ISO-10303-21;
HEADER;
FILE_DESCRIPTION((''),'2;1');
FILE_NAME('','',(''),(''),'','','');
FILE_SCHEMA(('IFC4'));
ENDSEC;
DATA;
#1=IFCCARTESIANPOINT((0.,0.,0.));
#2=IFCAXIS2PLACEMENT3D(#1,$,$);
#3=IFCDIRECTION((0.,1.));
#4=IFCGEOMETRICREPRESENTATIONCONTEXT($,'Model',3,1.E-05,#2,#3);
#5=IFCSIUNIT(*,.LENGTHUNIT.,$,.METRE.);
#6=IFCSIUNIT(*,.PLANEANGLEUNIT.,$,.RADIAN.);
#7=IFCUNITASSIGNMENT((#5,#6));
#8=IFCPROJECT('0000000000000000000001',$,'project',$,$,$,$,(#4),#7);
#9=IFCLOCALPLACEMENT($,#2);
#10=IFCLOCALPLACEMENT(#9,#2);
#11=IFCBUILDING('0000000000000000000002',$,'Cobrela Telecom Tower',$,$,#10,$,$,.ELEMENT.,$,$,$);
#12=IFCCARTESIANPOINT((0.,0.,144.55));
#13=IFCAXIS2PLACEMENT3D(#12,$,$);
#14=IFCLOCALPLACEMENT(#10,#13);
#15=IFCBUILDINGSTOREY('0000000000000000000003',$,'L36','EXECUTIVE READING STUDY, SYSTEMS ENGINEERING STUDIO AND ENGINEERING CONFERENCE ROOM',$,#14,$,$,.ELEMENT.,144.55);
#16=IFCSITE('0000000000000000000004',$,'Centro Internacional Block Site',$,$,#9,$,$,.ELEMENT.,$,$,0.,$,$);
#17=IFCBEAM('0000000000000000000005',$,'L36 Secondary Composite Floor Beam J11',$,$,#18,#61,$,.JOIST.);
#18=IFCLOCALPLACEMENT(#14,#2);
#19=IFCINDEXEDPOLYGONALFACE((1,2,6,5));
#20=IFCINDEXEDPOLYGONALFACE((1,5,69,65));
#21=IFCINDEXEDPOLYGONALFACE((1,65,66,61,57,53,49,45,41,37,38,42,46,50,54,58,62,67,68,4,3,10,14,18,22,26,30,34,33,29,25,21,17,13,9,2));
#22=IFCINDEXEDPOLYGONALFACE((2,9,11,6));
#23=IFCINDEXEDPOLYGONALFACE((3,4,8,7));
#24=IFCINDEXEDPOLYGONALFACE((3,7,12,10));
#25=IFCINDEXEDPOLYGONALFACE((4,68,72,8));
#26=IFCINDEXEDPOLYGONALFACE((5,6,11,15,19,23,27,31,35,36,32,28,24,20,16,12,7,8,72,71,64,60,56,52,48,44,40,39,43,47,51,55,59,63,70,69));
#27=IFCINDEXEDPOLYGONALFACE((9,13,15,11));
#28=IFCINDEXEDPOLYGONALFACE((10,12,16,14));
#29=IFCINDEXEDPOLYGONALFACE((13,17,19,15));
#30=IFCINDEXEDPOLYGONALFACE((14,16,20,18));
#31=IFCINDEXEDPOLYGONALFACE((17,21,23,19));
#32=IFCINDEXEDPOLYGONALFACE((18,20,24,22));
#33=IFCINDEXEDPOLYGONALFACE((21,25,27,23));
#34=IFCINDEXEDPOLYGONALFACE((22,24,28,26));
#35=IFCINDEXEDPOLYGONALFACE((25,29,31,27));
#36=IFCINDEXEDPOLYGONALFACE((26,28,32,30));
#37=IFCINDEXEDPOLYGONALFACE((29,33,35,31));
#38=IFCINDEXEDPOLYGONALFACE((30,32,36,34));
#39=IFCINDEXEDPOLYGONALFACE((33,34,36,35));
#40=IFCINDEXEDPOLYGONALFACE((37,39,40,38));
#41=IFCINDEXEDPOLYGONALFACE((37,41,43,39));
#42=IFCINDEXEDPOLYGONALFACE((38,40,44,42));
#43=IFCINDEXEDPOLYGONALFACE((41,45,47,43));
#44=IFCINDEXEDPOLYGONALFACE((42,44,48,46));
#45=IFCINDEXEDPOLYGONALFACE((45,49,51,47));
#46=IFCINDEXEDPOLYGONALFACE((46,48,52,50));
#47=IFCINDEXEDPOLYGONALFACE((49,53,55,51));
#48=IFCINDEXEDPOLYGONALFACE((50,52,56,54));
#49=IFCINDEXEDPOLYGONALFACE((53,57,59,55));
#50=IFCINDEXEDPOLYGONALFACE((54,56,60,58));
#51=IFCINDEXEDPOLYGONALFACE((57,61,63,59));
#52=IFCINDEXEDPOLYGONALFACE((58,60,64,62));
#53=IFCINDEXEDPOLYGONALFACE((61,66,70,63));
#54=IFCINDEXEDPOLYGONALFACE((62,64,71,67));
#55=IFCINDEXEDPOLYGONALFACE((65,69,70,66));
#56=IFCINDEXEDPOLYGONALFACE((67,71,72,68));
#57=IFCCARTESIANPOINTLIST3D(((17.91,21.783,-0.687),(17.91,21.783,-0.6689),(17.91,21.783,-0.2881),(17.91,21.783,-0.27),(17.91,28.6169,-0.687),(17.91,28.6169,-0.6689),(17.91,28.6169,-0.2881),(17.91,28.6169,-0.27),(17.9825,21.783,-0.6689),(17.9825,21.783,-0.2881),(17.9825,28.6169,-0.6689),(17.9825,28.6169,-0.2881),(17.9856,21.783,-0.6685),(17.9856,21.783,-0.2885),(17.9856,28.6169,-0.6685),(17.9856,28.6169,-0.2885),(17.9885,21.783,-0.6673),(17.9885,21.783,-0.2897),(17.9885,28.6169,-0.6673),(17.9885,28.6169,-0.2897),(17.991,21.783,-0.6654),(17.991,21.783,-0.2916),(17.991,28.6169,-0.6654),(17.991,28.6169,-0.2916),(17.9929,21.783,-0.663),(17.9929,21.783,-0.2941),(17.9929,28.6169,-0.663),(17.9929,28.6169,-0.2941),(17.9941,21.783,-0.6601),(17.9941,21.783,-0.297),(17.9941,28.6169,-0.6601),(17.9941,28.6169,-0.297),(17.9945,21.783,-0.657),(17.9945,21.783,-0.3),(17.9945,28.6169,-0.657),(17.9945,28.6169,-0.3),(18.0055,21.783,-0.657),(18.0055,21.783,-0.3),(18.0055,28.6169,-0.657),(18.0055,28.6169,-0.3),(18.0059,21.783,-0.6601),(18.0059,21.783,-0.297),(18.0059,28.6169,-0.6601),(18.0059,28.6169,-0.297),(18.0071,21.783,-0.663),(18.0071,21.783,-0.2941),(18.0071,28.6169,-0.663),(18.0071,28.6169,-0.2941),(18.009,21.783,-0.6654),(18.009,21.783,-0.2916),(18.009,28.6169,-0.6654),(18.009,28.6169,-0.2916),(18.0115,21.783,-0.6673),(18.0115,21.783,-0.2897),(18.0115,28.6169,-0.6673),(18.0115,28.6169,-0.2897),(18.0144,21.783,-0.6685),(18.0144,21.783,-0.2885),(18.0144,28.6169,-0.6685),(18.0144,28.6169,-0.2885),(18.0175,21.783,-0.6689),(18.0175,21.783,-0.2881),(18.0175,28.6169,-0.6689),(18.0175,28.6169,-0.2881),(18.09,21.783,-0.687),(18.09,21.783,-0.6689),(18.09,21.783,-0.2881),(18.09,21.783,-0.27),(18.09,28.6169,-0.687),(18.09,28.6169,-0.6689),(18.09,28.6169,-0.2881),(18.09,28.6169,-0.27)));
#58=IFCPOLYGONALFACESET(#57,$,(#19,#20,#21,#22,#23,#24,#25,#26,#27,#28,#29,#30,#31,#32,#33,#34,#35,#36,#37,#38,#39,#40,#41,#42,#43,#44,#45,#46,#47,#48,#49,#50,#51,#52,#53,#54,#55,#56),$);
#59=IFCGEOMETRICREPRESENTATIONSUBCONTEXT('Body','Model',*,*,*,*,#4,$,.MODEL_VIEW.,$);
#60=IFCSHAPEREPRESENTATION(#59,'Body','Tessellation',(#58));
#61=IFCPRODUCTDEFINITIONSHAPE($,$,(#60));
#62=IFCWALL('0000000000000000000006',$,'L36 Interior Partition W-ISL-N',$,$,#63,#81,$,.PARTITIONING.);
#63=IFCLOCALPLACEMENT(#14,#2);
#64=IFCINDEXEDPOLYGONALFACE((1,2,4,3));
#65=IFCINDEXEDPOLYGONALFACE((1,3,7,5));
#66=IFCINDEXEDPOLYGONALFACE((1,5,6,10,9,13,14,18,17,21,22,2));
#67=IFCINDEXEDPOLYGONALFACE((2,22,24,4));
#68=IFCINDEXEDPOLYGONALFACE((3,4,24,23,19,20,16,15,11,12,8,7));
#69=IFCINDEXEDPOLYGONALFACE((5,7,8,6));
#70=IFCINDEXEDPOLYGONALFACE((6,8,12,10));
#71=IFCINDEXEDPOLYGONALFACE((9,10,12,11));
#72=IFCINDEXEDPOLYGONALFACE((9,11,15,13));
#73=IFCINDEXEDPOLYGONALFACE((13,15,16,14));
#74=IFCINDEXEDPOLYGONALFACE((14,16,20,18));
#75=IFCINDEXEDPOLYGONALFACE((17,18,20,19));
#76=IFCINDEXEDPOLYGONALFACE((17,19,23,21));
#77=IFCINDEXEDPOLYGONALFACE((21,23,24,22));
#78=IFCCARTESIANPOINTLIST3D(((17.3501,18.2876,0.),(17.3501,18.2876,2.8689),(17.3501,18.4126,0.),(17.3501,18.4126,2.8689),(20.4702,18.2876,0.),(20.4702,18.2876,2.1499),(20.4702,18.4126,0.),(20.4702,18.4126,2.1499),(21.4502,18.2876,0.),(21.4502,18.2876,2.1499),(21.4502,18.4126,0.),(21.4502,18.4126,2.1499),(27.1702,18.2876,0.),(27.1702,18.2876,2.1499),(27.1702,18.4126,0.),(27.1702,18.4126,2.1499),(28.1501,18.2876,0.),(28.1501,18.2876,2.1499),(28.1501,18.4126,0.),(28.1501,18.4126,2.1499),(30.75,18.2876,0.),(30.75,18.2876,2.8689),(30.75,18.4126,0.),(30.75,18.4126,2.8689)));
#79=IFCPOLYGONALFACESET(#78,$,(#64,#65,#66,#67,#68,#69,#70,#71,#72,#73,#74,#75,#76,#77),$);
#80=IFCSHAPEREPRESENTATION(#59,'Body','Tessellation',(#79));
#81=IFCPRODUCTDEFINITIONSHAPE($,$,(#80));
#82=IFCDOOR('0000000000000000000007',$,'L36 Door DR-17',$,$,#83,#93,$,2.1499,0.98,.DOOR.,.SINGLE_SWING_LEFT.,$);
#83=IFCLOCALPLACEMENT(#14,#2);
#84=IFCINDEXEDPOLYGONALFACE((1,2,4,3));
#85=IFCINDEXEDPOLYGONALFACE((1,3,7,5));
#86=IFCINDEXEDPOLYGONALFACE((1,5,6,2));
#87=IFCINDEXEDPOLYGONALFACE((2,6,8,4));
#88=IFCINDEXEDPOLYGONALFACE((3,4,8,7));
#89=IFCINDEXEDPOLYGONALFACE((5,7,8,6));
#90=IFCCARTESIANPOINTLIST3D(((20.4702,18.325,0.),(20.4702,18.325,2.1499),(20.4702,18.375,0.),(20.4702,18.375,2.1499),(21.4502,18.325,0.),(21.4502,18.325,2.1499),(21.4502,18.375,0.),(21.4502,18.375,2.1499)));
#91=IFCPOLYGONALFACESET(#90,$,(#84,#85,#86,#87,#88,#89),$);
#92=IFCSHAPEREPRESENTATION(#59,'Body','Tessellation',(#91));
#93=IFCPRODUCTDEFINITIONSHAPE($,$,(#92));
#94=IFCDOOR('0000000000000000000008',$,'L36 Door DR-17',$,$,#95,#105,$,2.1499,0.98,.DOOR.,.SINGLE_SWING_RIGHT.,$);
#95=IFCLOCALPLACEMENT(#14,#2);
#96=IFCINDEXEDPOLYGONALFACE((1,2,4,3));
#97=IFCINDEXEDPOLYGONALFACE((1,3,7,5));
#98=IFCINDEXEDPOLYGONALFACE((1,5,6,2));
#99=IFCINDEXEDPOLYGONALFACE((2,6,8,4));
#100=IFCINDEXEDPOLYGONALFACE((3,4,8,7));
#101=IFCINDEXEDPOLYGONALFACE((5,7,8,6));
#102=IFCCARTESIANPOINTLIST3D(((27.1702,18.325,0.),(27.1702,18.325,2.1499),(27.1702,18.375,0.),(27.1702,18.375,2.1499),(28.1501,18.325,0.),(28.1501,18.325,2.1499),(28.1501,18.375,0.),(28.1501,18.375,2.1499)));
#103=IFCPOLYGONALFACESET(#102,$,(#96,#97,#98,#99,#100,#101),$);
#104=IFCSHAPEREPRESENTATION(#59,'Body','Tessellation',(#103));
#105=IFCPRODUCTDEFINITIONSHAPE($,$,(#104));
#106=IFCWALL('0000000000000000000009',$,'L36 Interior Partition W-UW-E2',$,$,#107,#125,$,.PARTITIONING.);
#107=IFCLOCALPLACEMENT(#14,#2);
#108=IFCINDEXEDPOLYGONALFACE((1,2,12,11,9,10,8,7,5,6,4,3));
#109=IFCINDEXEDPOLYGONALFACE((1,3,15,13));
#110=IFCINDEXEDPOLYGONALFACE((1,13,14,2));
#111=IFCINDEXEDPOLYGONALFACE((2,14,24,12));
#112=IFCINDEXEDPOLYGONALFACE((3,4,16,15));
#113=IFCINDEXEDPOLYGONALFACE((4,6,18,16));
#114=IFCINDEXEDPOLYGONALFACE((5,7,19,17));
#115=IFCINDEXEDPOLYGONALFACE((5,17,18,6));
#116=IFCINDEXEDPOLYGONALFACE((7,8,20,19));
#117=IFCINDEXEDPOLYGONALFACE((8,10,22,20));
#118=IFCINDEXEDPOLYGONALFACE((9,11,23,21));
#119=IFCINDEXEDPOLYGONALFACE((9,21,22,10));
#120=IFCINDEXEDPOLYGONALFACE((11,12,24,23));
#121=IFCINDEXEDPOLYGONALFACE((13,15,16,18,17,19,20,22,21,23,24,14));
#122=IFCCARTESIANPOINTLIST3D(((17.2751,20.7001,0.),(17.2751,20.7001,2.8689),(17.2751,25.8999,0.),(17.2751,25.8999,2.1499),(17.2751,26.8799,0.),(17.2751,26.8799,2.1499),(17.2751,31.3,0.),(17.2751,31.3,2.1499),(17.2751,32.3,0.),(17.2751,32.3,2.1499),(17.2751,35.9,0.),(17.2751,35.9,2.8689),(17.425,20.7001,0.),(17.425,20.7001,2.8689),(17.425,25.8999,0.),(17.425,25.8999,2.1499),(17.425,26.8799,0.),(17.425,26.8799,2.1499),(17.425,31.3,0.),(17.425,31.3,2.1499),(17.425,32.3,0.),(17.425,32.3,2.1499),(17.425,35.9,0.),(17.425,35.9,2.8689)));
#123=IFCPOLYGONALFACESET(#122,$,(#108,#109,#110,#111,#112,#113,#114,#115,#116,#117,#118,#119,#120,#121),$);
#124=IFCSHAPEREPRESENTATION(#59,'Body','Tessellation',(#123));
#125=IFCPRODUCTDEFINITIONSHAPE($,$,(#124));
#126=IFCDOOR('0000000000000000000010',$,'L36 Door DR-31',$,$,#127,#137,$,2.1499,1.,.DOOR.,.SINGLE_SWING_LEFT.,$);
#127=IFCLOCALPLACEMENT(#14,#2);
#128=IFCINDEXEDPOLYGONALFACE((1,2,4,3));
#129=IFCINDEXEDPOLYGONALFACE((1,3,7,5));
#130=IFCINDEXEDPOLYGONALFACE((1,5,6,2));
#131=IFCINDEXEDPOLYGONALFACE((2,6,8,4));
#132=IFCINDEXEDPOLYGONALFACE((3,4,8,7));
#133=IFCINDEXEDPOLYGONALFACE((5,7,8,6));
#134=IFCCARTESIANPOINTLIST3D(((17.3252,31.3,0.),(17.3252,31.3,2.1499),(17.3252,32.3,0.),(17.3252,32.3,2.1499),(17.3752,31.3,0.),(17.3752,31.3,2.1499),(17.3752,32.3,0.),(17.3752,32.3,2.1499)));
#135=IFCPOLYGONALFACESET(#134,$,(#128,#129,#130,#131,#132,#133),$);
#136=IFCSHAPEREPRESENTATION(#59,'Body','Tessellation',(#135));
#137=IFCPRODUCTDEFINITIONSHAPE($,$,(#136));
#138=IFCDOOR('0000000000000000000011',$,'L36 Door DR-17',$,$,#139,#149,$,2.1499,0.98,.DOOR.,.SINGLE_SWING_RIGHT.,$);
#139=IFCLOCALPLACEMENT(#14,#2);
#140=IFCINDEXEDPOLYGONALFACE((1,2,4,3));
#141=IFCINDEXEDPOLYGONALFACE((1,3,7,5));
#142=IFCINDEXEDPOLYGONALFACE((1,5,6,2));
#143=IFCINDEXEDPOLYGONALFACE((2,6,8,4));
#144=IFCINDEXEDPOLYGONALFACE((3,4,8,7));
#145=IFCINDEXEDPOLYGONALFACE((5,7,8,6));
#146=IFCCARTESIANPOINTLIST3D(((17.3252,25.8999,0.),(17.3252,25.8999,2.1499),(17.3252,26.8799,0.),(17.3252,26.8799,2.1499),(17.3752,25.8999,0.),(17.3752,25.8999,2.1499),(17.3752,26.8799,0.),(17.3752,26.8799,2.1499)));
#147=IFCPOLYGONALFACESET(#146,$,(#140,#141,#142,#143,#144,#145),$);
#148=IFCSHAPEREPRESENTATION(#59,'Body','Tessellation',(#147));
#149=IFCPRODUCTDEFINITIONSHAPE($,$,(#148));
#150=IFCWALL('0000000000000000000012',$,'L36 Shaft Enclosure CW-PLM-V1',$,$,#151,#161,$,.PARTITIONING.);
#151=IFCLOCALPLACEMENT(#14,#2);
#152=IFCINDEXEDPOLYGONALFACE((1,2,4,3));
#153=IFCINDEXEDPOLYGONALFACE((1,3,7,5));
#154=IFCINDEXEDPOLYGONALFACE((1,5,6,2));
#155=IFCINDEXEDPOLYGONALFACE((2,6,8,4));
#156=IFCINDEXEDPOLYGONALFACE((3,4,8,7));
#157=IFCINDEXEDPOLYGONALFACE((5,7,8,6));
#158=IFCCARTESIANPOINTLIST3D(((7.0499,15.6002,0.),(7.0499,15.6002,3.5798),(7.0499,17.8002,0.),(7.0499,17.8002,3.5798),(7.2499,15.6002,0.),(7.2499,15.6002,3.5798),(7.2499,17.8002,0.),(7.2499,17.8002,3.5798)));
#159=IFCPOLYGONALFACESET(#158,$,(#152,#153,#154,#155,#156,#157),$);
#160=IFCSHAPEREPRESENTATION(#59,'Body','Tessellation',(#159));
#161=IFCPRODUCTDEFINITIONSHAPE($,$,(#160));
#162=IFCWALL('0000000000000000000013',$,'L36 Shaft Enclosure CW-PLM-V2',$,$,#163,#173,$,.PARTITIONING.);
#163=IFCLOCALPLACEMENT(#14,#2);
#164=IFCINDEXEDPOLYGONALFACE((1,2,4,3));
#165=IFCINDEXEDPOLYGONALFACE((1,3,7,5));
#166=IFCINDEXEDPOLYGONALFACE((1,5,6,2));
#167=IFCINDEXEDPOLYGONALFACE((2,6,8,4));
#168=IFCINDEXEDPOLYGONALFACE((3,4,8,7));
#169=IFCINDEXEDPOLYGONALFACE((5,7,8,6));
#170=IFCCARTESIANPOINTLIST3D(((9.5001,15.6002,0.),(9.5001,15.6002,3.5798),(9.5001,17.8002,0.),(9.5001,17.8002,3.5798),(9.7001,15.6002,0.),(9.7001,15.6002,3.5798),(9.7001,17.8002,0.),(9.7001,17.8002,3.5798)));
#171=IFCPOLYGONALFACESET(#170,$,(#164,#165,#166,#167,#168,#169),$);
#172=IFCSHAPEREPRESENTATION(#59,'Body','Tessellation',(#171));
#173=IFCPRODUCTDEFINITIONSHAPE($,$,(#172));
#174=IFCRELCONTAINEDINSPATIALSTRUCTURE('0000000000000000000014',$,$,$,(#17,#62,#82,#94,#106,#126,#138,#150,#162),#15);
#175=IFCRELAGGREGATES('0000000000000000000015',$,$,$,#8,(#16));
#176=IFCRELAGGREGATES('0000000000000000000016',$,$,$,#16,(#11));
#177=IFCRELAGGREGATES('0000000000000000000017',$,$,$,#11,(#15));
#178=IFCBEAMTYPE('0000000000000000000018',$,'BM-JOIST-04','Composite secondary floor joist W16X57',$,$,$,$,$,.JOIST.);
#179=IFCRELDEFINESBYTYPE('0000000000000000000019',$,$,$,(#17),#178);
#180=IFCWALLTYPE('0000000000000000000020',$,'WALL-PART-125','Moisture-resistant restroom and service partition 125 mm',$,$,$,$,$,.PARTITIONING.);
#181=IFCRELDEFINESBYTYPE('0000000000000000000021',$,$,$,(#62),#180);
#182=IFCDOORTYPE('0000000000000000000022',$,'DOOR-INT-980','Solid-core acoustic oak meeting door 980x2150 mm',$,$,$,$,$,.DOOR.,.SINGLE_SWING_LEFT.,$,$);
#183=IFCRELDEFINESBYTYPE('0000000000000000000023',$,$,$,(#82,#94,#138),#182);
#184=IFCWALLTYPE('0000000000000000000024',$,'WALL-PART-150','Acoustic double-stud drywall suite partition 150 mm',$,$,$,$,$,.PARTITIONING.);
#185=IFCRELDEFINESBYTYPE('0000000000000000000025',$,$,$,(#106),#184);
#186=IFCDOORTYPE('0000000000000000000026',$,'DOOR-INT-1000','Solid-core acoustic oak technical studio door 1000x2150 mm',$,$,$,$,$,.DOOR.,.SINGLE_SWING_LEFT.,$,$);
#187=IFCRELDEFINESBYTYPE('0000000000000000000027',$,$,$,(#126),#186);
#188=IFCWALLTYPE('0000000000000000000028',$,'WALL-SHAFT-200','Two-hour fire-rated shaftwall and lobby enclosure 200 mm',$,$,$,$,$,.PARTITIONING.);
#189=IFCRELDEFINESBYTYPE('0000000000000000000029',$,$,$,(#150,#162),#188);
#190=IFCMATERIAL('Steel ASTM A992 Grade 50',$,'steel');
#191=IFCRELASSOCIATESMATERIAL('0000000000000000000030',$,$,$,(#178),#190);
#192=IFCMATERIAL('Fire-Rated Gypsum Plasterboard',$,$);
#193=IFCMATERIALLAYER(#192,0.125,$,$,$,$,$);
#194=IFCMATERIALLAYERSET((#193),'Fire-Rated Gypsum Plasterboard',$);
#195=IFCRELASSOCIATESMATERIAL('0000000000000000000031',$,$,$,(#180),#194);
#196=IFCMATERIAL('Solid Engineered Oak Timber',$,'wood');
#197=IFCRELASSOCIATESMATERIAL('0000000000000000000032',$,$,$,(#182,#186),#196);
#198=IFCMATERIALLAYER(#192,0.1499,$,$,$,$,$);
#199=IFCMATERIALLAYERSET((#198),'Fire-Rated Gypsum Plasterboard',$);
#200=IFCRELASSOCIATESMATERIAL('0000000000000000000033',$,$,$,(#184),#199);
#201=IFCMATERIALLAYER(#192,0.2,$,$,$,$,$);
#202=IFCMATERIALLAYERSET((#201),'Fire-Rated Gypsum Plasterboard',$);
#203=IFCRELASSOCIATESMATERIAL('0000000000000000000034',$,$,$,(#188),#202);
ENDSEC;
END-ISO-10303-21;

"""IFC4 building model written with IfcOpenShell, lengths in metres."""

from ifc_helpers import new_model, si_unit, direction, frame, frame_2d, origin, origin_2d, place, context, subcontext, project, spatial, rectangle, i_section, extrude, material, layer, layer_set, material_profile, profile_set, type_object, element, fill, save


model = new_model("IFC4")

# Units and contexts
model_context = context("Model", 3, precision=1e-05, world=origin(), true_north=direction((0.0, 1.0)))
body_context = subcontext(model_context, "Body", "Model", "MODEL_VIEW")
ifc_project = project(units=[si_unit("LENGTHUNIT", "METRE"), si_unit("PLANEANGLEUNIT", "RADIAN")], contexts=[model_context])

# Site, building, storey
site_placement = place(None, origin())
site = spatial("IfcSite", under=ifc_project, at=site_placement, Name="Centro Internacional Block Site", CompositionType="ELEMENT", RefElevation=0.0)
building_placement = place(site_placement, origin())
building = spatial("IfcBuilding", under=site, at=building_placement, Name="Cobrela Telecom Tower", CompositionType="ELEMENT")
storey_placement = place(building_placement, frame((0.0, 0.0, 144.55)))
storey = spatial("IfcBuildingStorey", under=building, at=storey_placement, Name="L36", Description="EXECUTIVE READING STUDY, SYSTEMS ENGINEERING STUDIO AND ENGINEERING CONFERENCE ROOM", CompositionType="ELEMENT", Elevation=144.55)

# Beam
ifc_material_1 = material(Name="Steel ASTM A992 Grade 50", Category="steel")
ifc_material_profile_1 = material_profile(ifc_material_1, i_section(OverallWidth=0.1799, OverallDepth=0.417, WebThickness=0.011, FlangeThickness=0.0181, FilletRadius=0.012, at=origin_2d()), Name="W16X57")
ifc_profile_set_1 = profile_set([ifc_material_profile_1], Name="Steel ASTM A992 Grade 50")
beam_type_1 = type_object("IfcBeamType", Name="BM-JOIST-04", Description="Composite secondary floor joist W16X57", PredefinedType="JOIST", material=ifc_profile_set_1)
for number, where, z_axis, x_axis, name in (
    (1, (18.0, 21.783, -0.4785), (0.0, 1.0, 0.0), (-1.0, 0.0, 0.0), "L36 Secondary Composite Floor Beam J11"),
):
    element("IfcBeam", number, at=place(storey_placement, frame(where, z_axis=z_axis, x_axis=x_axis)), inside=storey, type_object=beam_type_1, Name=name, PredefinedType="JOIST", context=body_context, shape_type="SweptSolid", body=[
        extrude(i_section(OverallWidth=0.1799, OverallDepth=0.417, WebThickness=0.011, FlangeThickness=0.0181, FilletRadius=0.012, at=origin_2d()), origin(), (0.0, 0.0, 1.0), 6.834),
    ])

# Walls, openings, doors
ifc_material_2 = material(Name="Fire-Rated Gypsum Plasterboard")
ifc_layer_1 = layer(ifc_material_2, 0.125)
ifc_layer_set_1 = layer_set([ifc_layer_1], Name="Fire-Rated Gypsum Plasterboard")
wall_type_1 = type_object("IfcWallType", Name="WALL-PART-125", Description="Moisture-resistant restroom and service partition 125 mm", PredefinedType="PARTITIONING", material=ifc_layer_set_1)
wall_1_placement = place(storey_placement, frame((17.3501, 18.3501, 0.0), z_axis=(0.0, 0.0, 1.0), x_axis=(1.0, 0.0, 0.0)))
wall_1 = element("IfcWall", 2, at=wall_1_placement, inside=storey, type_object=wall_type_1, Name="L36 Interior Partition W-ISL-N", PredefinedType="PARTITIONING", context=body_context, shape_type="SweptSolid", body=[
    extrude(rectangle(XDim=13.3999, YDim=0.125, at=frame_2d((6.7, 0.0))), origin(), (0.0, 0.0, 1.0), 2.8689),
])
opening_1_placement = place(wall_1_placement, frame((3.1201, 0.0, 0.0)))
opening_1 = element("IfcOpeningElement", 3, at=opening_1_placement, cuts=wall_1, PredefinedType="OPENING", context=body_context, shape_type="SweptSolid", body=[
    extrude(rectangle(XDim=0.98, YDim=2.1499, at=frame_2d((0.49, 1.075))), frame((0.0, 0.0745, 0.0), z_axis=(0.0, -1.0, 0.0), x_axis=(1.0, 0.0, 0.0)), (0.0, 0.0, 1.0), 0.1489),
])
opening_2_placement = place(wall_1_placement, frame((9.8201, 0.0, 0.0)))
opening_2 = element("IfcOpeningElement", 4, at=opening_2_placement, cuts=wall_1, PredefinedType="OPENING", context=body_context, shape_type="SweptSolid", body=[
    extrude(rectangle(XDim=0.98, YDim=2.1499, at=frame_2d((0.49, 1.075))), frame((0.0, 0.0745, 0.0), z_axis=(0.0, -1.0, 0.0), x_axis=(1.0, 0.0, 0.0)), (0.0, 0.0, 1.0), 0.1489),
])
ifc_material_3 = material(Name="Solid Engineered Oak Timber", Category="wood")
door_type_1 = type_object("IfcDoorType", Name="DOOR-INT-980", Description="Solid-core acoustic oak meeting door 980x2150 mm", OperationType="SINGLE_SWING_LEFT", PredefinedType="DOOR", material=ifc_material_3)
door_1_placement = place(opening_1_placement, origin())
door_1 = element("IfcDoor", 5, at=door_1_placement, inside=storey, type_object=door_type_1, Name="L36 Door DR-17", OperationType="SINGLE_SWING_LEFT", OverallHeight=2.1499, OverallWidth=0.98, PredefinedType="DOOR", context=body_context, shape_type="SweptSolid", body=[
    extrude(rectangle(XDim=0.98, YDim=2.1499, at=frame_2d((0.49, 1.075))), frame((0.0, 0.0249, 0.0), z_axis=(0.0, -1.0, 0.0), x_axis=(1.0, 0.0, 0.0)), (0.0, 0.0, 1.0), 0.05),
])
fill(opening_1, door_1)
door_2_placement = place(opening_2_placement, origin())
door_2 = element("IfcDoor", 6, at=door_2_placement, inside=storey, type_object=door_type_1, Name="L36 Door DR-17", OperationType="SINGLE_SWING_RIGHT", OverallHeight=2.1499, OverallWidth=0.98, PredefinedType="DOOR", context=body_context, shape_type="SweptSolid", body=[
    extrude(rectangle(XDim=0.98, YDim=2.1499, at=frame_2d((0.49, 1.075))), frame((0.0, 0.0249, 0.0), z_axis=(0.0, -1.0, 0.0), x_axis=(1.0, 0.0, 0.0)), (0.0, 0.0, 1.0), 0.05),
])
fill(opening_2, door_2)
ifc_layer_2 = layer(ifc_material_2, 0.1499)
ifc_layer_set_2 = layer_set([ifc_layer_2], Name="Fire-Rated Gypsum Plasterboard")
wall_type_2 = type_object("IfcWallType", Name="WALL-PART-150", Description="Acoustic double-stud drywall suite partition 150 mm", PredefinedType="PARTITIONING", material=ifc_layer_set_2)
wall_2_placement = place(storey_placement, frame((17.3501, 20.7, 0.0), z_axis=(0.0, 0.0, 1.0), x_axis=(0.0, 1.0, 0.0)))
wall_2 = element("IfcWall", 7, at=wall_2_placement, inside=storey, type_object=wall_type_2, Name="L36 Interior Partition W-UW-E2", PredefinedType="PARTITIONING", context=body_context, shape_type="SweptSolid", body=[
    extrude(rectangle(XDim=15.2, YDim=0.1499, at=frame_2d((7.6001, 0.0))), origin(), (0.0, 0.0, 1.0), 2.8689),
])
opening_3_placement = place(wall_2_placement, frame((5.2, 0.0, 0.0)))
opening_3 = element("IfcOpeningElement", 8, at=opening_3_placement, cuts=wall_2, PredefinedType="OPENING", context=body_context, shape_type="SweptSolid", body=[
    extrude(rectangle(XDim=0.98, YDim=2.1499, at=frame_2d((0.49, 1.075))), frame((0.0, 0.0869, 0.0), z_axis=(0.0, -1.0, 0.0), x_axis=(1.0, 0.0, 0.0)), (0.0, 0.0, 1.0), 0.1738),
])
opening_4_placement = place(wall_2_placement, frame((10.6001, 0.0, 0.0)))
opening_4 = element("IfcOpeningElement", 9, at=opening_4_placement, cuts=wall_2, PredefinedType="OPENING", context=body_context, shape_type="SweptSolid", body=[
    extrude(rectangle(XDim=1.0, YDim=2.1499, at=frame_2d((0.5, 1.075))), frame((0.0, 0.0869, 0.0), z_axis=(0.0, -1.0, 0.0), x_axis=(1.0, 0.0, 0.0)), (0.0, 0.0, 1.0), 0.1738),
])
door_type_2 = type_object("IfcDoorType", Name="DOOR-INT-1000", Description="Solid-core acoustic oak technical studio door 1000x2150 mm", OperationType="SINGLE_SWING_LEFT", PredefinedType="DOOR", material=ifc_material_3)
door_3_placement = place(opening_4_placement, origin())
door_3 = element("IfcDoor", 10, at=door_3_placement, inside=storey, type_object=door_type_2, Name="L36 Door DR-31", OperationType="SINGLE_SWING_LEFT", OverallHeight=2.1499, OverallWidth=1.0, PredefinedType="DOOR", context=body_context, shape_type="SweptSolid", body=[
    extrude(rectangle(XDim=1.0, YDim=2.1499, at=frame_2d((0.5, 1.075))), frame((0.0, 0.0249, 0.0), z_axis=(0.0, -1.0, 0.0), x_axis=(1.0, 0.0, 0.0)), (0.0, 0.0, 1.0), 0.05),
])
fill(opening_4, door_3)
door_4_placement = place(opening_3_placement, origin())
door_4 = element("IfcDoor", 11, at=door_4_placement, inside=storey, type_object=door_type_1, Name="L36 Door DR-17", OperationType="SINGLE_SWING_RIGHT", OverallHeight=2.1499, OverallWidth=0.98, PredefinedType="DOOR", context=body_context, shape_type="SweptSolid", body=[
    extrude(rectangle(XDim=0.98, YDim=2.1499, at=frame_2d((0.49, 1.075))), frame((0.0, 0.0249, 0.0), z_axis=(0.0, -1.0, 0.0), x_axis=(1.0, 0.0, 0.0)), (0.0, 0.0, 1.0), 0.05),
])
fill(opening_3, door_4)

# Walls
ifc_layer_3 = layer(ifc_material_2, 0.2)
ifc_layer_set_3 = layer_set([ifc_layer_3], Name="Fire-Rated Gypsum Plasterboard")
wall_type_3 = type_object("IfcWallType", Name="WALL-SHAFT-200", Description="Two-hour fire-rated shaftwall and lobby enclosure 200 mm", PredefinedType="PARTITIONING", material=ifc_layer_set_3)
for number, where, z_axis, x_axis, name in (
    (12, (7.1499, 15.6001, 0.0), (0.0, 0.0, 1.0), (0.0, 1.0, 0.0), "L36 Shaft Enclosure CW-PLM-V1"),
    (13, (9.6001, 15.6001, 0.0), (0.0, 0.0, 1.0), (0.0, 1.0, 0.0), "L36 Shaft Enclosure CW-PLM-V2"),
):
    element("IfcWall", number, at=place(storey_placement, frame(where, z_axis=z_axis, x_axis=x_axis)), inside=storey, type_object=wall_type_3, Name=name, PredefinedType="PARTITIONING", context=body_context, shape_type="SweptSolid", body=[
        extrude(rectangle(XDim=2.2, YDim=0.2, at=frame_2d((1.1001, 0.0))), origin(), (0.0, 0.0, 1.0), 3.5798),
    ])

save(model, "model.ifc")
